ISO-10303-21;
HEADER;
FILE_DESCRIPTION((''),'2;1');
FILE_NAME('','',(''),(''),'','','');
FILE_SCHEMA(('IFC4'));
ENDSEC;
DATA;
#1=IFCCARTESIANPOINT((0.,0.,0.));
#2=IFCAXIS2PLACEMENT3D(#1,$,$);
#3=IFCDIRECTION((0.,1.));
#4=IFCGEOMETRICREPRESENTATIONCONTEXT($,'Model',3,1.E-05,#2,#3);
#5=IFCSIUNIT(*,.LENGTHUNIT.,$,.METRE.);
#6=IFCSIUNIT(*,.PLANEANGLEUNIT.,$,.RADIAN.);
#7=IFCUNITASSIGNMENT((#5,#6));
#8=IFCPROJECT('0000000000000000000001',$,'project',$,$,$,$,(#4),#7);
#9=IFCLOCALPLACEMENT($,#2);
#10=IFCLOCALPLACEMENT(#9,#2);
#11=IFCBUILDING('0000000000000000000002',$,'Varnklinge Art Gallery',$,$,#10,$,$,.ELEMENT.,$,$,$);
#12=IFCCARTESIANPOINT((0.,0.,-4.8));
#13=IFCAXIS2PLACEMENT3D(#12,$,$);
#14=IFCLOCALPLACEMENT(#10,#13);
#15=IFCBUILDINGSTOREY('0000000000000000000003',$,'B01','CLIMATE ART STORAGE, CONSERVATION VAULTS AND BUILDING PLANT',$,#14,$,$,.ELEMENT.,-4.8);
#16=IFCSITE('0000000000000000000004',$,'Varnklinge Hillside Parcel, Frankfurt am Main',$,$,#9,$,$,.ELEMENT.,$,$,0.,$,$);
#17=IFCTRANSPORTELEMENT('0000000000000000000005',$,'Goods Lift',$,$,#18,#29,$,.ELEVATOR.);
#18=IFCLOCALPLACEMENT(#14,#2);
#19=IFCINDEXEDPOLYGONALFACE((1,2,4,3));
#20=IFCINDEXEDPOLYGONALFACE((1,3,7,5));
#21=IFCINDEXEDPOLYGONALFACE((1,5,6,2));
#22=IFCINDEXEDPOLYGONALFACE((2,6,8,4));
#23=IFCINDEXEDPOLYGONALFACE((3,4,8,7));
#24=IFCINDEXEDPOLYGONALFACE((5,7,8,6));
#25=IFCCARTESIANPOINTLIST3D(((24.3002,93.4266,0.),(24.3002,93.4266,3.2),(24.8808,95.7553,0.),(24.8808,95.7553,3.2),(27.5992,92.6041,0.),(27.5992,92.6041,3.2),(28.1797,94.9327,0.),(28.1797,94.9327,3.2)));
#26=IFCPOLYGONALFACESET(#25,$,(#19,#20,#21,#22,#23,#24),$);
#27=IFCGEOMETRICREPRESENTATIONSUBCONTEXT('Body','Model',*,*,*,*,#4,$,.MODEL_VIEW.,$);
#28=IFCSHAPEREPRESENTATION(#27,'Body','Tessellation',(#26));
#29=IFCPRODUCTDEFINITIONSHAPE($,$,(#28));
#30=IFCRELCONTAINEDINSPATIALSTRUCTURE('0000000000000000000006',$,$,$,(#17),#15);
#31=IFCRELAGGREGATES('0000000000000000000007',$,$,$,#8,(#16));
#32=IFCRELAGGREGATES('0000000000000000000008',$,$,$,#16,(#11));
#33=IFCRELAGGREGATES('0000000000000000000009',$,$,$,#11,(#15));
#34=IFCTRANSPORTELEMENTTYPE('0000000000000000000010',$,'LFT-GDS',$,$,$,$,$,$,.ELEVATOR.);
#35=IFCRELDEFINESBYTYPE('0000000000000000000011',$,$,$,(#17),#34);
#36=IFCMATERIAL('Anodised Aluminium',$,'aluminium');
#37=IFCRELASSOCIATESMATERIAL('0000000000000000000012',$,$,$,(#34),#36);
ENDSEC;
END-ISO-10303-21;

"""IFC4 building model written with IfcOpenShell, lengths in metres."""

from ifc_helpers import new_model, si_unit, direction, frame, origin, origin_2d, place, context, subcontext, project, spatial, rectangle, extrude, material, type_object, element, save


model = new_model("IFC4")

# Units and contexts
model_context = context("Model", 3, precision=1e-05, world=origin(), true_north=direction((0.0, 1.0)))
body_context = subcontext(model_context, "Body", "Model", "MODEL_VIEW")
ifc_project = project(units=[si_unit("LENGTHUNIT", "METRE"), si_unit("PLANEANGLEUNIT", "RADIAN")], contexts=[model_context])

# Site, building, storey
site_placement = place(None, origin())
site = spatial("IfcSite", under=ifc_project, at=site_placement, Name="Varnklinge Hillside Parcel, Frankfurt am Main", CompositionType="ELEMENT", RefElevation=0.0)
building_placement = place(site_placement, origin())
building = spatial("IfcBuilding", under=site, at=building_placement, Name="Varnklinge Art Gallery", CompositionType="ELEMENT")
storey_placement = place(building_placement, frame((0.0, 0.0, -4.8)))
storey = spatial("IfcBuildingStorey", under=building, at=storey_placement, Name="B01", Description="CLIMATE ART STORAGE, CONSERVATION VAULTS AND BUILDING PLANT", CompositionType="ELEMENT", Elevation=-4.8)

# Transport element
ifc_material_1 = material(Name="Anodised Aluminium", Category="aluminium")
transport_element_type = type_object("IfcTransportElementType", Name="LFT-GDS", PredefinedType="ELEVATOR", material=ifc_material_1)
transport_element_placement = place(storey_placement, frame((26.24, 94.1797, 0.0), z_axis=(0.0, 0.0, 1.0), x_axis=(0.970296, -0.241922, 0.0)))
element("IfcTransportElement", 1, at=transport_element_placement, inside=storey, type_object=transport_element_type, Name="Goods Lift", PredefinedType="ELEVATOR", context=body_context, shape_type="SweptSolid", body=[
    extrude(rectangle(XDim=3.3999, YDim=2.3999, at=origin_2d()), origin(), (0.0, 0.0, 1.0), 3.2),
])

save(model, "model.ifc")
